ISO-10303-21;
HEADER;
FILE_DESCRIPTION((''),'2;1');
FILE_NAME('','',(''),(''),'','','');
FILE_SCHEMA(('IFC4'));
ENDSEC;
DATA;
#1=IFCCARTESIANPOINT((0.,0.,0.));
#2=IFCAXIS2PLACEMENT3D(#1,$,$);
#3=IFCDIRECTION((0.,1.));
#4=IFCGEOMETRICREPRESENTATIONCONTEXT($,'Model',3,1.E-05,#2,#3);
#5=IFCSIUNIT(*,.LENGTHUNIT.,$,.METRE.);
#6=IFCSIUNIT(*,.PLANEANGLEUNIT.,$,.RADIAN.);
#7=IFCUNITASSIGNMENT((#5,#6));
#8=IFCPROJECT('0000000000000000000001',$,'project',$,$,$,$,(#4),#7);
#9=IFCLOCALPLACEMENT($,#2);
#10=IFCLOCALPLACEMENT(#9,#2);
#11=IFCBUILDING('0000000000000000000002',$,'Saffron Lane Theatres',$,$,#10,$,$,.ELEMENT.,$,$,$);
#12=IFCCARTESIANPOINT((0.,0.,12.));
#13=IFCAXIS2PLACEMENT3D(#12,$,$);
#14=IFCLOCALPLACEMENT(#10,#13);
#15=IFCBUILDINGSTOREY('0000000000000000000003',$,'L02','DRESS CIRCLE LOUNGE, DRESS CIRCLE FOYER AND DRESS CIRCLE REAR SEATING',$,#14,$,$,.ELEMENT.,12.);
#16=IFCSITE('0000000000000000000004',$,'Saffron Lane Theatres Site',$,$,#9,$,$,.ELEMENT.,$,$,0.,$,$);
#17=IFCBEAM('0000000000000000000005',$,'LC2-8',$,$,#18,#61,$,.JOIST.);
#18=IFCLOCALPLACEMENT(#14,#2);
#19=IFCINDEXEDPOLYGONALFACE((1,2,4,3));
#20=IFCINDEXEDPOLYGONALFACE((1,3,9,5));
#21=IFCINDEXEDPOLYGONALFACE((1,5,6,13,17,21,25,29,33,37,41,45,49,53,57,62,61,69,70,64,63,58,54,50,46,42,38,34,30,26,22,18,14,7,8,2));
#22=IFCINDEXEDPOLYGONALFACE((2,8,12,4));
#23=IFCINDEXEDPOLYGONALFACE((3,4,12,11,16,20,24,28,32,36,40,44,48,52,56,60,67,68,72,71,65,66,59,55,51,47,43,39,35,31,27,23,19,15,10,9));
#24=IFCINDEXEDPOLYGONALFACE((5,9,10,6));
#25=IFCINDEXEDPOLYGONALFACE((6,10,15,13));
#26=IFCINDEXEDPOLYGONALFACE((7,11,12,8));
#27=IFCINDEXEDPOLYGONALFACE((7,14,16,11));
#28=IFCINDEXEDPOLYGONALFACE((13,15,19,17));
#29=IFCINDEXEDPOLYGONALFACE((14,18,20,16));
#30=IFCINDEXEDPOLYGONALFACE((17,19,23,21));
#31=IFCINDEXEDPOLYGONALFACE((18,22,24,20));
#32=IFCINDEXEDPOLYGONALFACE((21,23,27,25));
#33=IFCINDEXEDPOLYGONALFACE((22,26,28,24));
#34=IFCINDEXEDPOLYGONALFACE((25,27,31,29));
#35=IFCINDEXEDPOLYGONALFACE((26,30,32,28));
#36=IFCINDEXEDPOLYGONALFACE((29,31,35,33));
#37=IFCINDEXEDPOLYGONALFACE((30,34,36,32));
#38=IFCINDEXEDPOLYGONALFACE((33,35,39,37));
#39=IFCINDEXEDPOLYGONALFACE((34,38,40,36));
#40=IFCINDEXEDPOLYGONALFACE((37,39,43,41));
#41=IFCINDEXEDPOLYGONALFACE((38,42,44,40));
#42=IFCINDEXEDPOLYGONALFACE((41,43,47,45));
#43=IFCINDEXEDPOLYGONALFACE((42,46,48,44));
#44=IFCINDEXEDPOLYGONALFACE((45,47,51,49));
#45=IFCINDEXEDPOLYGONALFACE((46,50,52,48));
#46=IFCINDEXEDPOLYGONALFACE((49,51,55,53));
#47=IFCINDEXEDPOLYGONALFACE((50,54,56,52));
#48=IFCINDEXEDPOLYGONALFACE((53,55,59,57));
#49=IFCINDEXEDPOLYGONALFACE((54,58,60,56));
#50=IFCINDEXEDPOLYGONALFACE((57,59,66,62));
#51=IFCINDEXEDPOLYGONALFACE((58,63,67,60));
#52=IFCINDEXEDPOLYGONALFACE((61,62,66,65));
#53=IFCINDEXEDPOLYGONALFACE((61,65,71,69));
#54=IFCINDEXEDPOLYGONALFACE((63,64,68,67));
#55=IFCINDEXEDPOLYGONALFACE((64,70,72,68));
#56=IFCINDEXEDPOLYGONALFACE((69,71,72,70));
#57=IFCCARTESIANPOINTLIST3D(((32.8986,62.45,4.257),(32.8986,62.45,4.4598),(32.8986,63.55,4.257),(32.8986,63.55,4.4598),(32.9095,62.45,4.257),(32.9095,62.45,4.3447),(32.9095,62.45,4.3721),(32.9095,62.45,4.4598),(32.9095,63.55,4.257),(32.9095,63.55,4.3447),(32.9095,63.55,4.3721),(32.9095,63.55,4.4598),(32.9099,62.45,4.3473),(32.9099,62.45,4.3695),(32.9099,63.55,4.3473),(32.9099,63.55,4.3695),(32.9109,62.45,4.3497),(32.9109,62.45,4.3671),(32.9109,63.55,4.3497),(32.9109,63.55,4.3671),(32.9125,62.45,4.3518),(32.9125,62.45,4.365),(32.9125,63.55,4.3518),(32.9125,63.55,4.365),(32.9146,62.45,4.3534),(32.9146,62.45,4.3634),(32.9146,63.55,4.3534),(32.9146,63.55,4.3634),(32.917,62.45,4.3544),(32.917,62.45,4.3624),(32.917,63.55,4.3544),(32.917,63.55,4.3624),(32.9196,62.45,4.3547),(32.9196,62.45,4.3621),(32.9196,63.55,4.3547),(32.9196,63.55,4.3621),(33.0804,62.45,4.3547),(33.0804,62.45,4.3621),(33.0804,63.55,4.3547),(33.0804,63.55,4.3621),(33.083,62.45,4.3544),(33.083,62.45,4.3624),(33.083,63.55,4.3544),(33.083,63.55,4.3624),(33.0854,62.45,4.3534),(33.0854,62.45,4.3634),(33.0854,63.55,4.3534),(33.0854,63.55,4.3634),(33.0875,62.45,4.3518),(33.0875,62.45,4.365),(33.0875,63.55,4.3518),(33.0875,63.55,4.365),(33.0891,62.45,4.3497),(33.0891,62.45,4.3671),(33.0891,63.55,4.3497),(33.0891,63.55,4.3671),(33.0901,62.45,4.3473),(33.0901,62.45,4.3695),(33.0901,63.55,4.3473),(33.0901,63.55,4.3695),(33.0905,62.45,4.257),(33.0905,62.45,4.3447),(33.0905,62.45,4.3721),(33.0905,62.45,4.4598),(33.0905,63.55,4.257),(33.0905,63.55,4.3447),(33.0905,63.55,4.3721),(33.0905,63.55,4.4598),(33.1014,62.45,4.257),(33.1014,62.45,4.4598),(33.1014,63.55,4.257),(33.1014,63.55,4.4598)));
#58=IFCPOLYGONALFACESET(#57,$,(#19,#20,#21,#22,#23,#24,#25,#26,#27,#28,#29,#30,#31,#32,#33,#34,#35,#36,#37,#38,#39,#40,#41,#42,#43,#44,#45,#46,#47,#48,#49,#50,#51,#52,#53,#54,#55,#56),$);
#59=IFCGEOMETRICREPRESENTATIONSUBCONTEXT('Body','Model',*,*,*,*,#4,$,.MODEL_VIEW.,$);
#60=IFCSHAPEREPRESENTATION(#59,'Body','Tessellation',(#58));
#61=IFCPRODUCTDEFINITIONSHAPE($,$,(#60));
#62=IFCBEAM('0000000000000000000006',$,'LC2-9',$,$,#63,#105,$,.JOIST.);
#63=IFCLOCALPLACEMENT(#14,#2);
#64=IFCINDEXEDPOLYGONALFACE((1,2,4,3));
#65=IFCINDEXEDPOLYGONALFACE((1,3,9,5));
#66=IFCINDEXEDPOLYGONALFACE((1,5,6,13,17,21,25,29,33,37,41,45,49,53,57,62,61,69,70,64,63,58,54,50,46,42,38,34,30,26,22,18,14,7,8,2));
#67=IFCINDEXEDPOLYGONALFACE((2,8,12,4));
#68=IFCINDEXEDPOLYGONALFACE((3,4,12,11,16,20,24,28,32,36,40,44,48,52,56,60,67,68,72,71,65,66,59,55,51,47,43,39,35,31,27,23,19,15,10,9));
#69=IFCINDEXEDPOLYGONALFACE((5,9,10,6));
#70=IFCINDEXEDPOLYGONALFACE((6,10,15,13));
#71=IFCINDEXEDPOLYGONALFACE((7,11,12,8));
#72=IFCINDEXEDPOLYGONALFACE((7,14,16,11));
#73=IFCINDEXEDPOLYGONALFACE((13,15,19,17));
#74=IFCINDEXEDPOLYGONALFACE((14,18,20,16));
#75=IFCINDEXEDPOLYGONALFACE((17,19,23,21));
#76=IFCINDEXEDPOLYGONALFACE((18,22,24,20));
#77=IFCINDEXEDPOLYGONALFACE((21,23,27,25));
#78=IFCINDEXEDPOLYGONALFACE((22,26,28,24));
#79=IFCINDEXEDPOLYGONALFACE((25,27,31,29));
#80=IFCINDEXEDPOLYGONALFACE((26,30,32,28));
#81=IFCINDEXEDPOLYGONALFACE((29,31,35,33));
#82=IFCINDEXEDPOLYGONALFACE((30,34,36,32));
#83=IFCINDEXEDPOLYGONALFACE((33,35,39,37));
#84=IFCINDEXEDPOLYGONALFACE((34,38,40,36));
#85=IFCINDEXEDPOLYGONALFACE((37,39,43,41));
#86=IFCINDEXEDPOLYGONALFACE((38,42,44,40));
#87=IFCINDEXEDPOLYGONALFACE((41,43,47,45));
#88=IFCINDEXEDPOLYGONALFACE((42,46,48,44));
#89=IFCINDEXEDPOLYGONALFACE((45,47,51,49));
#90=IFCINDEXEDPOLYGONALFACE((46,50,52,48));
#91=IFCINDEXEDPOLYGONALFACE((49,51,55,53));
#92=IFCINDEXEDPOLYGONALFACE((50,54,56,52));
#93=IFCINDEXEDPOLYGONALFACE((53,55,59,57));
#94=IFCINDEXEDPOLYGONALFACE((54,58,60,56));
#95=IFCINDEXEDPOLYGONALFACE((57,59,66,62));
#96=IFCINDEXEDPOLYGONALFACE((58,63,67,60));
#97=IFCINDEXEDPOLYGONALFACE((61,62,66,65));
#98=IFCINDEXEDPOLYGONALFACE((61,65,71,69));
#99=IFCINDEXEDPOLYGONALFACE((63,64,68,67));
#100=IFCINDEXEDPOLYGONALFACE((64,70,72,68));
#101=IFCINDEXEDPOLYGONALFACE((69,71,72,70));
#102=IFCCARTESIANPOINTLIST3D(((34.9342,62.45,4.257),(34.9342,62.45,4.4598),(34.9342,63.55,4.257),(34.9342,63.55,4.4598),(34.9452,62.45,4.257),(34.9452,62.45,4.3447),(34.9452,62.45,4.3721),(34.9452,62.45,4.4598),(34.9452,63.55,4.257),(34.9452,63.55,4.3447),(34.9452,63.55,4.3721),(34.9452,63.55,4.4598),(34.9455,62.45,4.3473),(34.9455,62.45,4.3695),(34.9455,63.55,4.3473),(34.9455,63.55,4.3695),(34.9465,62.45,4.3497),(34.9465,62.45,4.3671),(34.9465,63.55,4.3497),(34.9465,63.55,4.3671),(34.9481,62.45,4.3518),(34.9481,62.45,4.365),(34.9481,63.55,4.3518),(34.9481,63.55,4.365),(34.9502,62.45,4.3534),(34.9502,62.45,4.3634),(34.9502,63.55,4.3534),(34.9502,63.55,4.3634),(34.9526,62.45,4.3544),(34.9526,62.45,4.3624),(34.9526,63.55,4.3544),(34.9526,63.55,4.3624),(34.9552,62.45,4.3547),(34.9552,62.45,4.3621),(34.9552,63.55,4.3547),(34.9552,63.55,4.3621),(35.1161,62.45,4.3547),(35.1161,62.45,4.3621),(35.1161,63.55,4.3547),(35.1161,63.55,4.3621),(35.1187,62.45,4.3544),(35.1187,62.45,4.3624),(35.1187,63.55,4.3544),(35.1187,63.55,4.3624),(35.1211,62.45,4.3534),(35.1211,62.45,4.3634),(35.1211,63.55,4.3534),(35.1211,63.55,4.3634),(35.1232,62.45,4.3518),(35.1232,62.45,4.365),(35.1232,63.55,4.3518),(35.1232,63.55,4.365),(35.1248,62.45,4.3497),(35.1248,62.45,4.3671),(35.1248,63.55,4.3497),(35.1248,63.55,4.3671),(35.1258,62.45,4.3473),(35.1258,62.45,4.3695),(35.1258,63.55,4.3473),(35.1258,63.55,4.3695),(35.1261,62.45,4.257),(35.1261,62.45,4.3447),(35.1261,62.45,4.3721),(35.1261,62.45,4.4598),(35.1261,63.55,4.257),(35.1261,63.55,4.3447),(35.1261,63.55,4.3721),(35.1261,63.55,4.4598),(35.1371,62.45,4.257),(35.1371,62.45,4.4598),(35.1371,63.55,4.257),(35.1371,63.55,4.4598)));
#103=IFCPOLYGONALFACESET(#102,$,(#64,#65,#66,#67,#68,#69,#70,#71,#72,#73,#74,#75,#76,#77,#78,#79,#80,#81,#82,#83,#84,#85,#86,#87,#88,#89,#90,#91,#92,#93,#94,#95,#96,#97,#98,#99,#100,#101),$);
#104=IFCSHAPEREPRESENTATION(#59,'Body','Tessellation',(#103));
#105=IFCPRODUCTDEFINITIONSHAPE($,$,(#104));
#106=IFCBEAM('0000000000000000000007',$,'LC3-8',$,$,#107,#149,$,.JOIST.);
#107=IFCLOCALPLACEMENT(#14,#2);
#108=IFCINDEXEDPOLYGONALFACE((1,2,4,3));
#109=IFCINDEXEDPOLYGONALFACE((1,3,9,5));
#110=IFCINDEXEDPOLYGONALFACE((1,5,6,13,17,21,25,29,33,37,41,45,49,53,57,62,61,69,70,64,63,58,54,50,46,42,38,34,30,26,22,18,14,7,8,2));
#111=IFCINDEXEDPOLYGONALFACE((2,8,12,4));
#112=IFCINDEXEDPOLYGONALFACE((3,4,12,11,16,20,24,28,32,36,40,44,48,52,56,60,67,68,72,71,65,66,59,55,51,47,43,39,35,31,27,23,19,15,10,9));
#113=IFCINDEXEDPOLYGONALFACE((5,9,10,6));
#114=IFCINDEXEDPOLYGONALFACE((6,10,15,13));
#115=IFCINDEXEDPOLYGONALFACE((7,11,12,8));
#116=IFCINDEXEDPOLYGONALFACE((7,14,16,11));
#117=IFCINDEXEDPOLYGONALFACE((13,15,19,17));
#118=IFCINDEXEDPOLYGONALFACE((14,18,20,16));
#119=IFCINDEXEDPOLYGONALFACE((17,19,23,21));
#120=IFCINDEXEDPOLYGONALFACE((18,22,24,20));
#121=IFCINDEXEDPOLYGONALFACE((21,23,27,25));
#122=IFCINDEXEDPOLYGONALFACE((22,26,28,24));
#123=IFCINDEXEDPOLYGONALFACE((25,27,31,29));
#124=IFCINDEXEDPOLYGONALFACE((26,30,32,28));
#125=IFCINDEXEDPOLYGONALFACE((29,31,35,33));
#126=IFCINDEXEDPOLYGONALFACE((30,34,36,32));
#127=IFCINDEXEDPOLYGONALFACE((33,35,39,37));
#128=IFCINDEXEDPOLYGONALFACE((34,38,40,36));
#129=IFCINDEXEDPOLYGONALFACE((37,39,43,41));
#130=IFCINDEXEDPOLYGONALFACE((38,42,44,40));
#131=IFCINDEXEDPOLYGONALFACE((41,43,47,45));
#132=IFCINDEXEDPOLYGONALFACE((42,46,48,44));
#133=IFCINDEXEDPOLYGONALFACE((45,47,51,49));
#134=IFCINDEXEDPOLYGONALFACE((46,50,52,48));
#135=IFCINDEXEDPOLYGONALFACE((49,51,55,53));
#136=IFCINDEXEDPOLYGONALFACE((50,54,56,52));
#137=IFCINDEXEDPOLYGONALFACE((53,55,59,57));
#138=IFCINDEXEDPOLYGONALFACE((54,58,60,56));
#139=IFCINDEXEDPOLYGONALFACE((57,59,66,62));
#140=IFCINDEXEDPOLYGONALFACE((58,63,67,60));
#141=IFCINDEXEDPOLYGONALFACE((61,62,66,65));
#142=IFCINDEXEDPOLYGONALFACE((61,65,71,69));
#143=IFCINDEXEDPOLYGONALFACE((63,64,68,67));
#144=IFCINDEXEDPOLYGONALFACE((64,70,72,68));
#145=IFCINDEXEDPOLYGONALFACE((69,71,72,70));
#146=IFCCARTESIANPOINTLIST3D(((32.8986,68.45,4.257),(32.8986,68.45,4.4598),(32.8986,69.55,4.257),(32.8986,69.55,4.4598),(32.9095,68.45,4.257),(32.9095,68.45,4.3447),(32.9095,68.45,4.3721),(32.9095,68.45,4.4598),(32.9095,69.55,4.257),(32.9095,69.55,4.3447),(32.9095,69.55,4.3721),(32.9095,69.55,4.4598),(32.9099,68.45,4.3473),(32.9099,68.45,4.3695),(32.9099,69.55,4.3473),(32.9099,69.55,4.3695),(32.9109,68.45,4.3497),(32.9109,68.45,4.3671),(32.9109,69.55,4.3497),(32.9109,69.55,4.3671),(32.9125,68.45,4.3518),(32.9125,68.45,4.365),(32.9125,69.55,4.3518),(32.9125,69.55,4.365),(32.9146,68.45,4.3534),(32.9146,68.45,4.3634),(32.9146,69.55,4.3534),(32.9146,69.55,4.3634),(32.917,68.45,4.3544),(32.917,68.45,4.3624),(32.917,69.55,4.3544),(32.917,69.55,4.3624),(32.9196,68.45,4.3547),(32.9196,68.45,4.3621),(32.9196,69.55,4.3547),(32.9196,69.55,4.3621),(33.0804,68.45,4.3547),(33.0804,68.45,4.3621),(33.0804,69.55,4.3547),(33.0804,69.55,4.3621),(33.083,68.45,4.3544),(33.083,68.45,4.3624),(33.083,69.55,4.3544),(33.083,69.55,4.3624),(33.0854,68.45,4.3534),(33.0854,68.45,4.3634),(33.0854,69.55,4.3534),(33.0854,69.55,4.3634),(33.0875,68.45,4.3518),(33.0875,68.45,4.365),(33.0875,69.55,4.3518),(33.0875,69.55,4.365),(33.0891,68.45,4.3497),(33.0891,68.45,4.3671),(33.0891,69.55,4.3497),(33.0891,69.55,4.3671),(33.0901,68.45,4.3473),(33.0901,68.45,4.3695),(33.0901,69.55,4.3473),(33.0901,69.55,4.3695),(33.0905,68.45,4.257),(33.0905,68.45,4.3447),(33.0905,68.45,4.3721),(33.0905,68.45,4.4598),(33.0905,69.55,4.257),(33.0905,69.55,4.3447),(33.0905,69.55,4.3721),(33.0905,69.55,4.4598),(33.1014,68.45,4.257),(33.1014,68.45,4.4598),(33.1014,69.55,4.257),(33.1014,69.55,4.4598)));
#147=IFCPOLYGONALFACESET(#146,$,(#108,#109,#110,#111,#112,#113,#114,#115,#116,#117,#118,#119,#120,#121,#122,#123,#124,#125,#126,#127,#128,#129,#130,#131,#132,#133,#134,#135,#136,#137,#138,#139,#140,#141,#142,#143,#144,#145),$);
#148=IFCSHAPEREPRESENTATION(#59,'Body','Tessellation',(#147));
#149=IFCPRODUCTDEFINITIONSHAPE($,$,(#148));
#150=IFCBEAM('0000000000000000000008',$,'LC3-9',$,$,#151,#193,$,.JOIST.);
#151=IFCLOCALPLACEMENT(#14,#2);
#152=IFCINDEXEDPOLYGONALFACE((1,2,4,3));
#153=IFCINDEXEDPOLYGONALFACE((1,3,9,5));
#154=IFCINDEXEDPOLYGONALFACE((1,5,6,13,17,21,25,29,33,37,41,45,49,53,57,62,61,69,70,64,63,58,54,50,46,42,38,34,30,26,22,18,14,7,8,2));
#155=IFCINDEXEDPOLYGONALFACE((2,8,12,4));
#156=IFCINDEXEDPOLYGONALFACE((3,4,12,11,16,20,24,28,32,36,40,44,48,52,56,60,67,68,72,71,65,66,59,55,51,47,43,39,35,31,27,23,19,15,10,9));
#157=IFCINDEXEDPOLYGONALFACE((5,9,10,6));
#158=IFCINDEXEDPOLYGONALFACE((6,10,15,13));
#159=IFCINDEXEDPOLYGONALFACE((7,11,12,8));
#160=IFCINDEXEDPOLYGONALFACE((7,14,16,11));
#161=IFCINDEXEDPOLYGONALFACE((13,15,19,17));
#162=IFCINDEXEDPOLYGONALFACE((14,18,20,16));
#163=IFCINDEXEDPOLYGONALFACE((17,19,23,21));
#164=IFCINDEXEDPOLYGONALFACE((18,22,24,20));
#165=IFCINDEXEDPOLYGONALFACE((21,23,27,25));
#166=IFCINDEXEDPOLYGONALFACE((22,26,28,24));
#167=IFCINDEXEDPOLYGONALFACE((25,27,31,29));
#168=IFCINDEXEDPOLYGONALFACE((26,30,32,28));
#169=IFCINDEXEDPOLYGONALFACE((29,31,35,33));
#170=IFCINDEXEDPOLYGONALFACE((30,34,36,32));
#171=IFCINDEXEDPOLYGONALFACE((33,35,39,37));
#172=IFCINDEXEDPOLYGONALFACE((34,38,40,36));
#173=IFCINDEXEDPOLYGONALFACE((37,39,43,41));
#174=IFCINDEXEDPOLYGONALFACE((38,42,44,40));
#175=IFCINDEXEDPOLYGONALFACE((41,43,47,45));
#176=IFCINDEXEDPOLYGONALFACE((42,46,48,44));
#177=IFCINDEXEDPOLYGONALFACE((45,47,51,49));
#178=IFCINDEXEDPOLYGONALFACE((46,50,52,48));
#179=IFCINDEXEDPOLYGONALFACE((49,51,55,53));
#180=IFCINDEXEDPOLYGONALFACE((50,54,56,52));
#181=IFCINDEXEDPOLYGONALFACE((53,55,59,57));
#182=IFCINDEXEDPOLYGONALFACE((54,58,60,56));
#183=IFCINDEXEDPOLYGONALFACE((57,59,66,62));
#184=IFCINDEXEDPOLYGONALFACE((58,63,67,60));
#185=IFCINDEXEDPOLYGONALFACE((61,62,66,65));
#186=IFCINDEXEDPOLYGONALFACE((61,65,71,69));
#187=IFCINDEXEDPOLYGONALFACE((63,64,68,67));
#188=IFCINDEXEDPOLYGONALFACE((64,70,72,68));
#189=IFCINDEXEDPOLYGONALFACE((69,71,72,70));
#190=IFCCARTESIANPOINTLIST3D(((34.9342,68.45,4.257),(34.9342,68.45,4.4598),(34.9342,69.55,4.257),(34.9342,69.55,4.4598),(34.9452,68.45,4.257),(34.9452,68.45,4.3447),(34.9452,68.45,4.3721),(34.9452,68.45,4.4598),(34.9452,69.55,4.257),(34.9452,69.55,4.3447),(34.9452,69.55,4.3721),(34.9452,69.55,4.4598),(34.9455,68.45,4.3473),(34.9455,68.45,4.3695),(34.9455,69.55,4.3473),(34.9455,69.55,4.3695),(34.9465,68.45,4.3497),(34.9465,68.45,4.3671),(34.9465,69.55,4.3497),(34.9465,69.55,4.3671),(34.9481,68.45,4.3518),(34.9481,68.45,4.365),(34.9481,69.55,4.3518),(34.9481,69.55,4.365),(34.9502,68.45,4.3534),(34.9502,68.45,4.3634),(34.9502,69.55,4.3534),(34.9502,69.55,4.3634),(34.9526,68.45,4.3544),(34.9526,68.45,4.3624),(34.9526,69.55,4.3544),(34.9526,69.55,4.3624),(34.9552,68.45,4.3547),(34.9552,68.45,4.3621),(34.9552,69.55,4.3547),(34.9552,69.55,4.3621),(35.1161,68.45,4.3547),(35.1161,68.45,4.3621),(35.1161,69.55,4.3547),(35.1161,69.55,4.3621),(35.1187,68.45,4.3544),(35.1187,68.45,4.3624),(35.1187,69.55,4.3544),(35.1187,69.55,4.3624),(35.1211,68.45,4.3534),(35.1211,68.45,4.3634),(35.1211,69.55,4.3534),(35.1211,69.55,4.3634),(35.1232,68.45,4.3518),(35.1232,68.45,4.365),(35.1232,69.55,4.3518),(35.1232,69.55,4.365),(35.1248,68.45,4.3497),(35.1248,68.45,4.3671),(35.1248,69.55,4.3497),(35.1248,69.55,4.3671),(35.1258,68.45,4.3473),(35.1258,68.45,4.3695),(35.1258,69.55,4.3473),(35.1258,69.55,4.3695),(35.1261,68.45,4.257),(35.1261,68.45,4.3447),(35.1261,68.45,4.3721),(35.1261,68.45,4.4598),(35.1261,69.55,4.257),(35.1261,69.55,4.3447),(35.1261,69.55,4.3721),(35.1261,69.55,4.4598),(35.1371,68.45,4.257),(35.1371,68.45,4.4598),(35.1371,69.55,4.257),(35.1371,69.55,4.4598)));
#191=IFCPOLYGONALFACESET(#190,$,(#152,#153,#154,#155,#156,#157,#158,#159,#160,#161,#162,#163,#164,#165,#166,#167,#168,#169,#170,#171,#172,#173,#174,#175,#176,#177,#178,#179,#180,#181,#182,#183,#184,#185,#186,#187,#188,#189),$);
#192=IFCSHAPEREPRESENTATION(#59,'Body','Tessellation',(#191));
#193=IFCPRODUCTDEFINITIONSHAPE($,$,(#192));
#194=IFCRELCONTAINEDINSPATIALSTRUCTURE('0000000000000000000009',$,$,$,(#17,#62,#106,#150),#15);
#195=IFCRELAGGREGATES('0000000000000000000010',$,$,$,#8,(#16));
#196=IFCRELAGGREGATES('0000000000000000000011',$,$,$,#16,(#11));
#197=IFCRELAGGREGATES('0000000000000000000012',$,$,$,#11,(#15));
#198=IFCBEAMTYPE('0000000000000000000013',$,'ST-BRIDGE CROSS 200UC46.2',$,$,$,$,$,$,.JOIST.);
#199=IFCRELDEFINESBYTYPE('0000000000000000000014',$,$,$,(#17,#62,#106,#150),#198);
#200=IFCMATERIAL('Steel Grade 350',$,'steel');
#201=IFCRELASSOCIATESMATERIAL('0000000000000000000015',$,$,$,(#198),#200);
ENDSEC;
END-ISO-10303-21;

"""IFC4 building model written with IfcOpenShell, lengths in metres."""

from ifc_helpers import new_model, si_unit, direction, frame, origin, origin_2d, place, context, subcontext, project, spatial, i_section, extrude, material, material_profile, profile_set, type_object, element, save


model = new_model("IFC4")

# Units and contexts
model_context = context("Model", 3, precision=1e-05, world=origin(), true_north=direction((0.0, 1.0)))
body_context = subcontext(model_context, "Body", "Model", "MODEL_VIEW")
ifc_project = project(units=[si_unit("LENGTHUNIT", "METRE"), si_unit("PLANEANGLEUNIT", "RADIAN")], contexts=[model_context])

# Site, building, storey
site_placement = place(None, origin())
site = spatial("IfcSite", under=ifc_project, at=site_placement, Name="Saffron Lane Theatres Site", CompositionType="ELEMENT", RefElevation=0.0)
building_placement = place(site_placement, origin())
building = spatial("IfcBuilding", under=site, at=building_placement, Name="Saffron Lane Theatres", CompositionType="ELEMENT")
storey_placement = place(building_placement, frame((0.0, 0.0, 12.0)))
storey = spatial("IfcBuildingStorey", under=building, at=storey_placement, Name="L02", Description="DRESS CIRCLE LOUNGE, DRESS CIRCLE FOYER AND DRESS CIRCLE REAR SEATING", CompositionType="ELEMENT", Elevation=12.0)

# Beams
ifc_material_1 = material(Name="Steel Grade 350", Category="steel")
ifc_material_profile_1 = material_profile(ifc_material_1, i_section(OverallWidth=0.2029, OverallDepth=0.2029, WebThickness=0.0073, FlangeThickness=0.011, FilletRadius=0.01, at=origin_2d()))
ifc_profile_set_1 = profile_set([ifc_material_profile_1], Name="Steel Grade 350")
beam_type = type_object("IfcBeamType", Name="ST-BRIDGE CROSS 200UC46.2", PredefinedType="JOIST", material=ifc_profile_set_1)
for number, where, z_axis, x_axis, name in (
    (1, (33.0, 62.45, 4.3584), (0.0, 1.0, 0.0), (0.0, 0.0, 1.0), "LC2-8"),
    (2, (35.0356, 62.45, 4.3584), (0.0, 1.0, 0.0), (0.0, 0.0, 1.0), "LC2-9"),
    (3, (33.0, 68.45, 4.3584), (0.0, 1.0, 0.0), (0.0, 0.0, 1.0), "LC3-8"),
    (4, (35.0356, 68.45, 4.3584), (0.0, 1.0, 0.0), (0.0, 0.0, 1.0), "LC3-9"),
):
    element("IfcBeam", number, at=place(storey_placement, frame(where, z_axis=z_axis, x_axis=x_axis)), inside=storey, type_object=beam_type, Name=name, PredefinedType="JOIST", context=body_context, shape_type="SweptSolid", body=[
        extrude(i_section(OverallWidth=0.2029, OverallDepth=0.2029, WebThickness=0.0073, FlangeThickness=0.011, FilletRadius=0.01, at=origin_2d()), origin(), (0.0, 0.0, 1.0), 1.1001),
    ])

save(model, "model.ifc")
